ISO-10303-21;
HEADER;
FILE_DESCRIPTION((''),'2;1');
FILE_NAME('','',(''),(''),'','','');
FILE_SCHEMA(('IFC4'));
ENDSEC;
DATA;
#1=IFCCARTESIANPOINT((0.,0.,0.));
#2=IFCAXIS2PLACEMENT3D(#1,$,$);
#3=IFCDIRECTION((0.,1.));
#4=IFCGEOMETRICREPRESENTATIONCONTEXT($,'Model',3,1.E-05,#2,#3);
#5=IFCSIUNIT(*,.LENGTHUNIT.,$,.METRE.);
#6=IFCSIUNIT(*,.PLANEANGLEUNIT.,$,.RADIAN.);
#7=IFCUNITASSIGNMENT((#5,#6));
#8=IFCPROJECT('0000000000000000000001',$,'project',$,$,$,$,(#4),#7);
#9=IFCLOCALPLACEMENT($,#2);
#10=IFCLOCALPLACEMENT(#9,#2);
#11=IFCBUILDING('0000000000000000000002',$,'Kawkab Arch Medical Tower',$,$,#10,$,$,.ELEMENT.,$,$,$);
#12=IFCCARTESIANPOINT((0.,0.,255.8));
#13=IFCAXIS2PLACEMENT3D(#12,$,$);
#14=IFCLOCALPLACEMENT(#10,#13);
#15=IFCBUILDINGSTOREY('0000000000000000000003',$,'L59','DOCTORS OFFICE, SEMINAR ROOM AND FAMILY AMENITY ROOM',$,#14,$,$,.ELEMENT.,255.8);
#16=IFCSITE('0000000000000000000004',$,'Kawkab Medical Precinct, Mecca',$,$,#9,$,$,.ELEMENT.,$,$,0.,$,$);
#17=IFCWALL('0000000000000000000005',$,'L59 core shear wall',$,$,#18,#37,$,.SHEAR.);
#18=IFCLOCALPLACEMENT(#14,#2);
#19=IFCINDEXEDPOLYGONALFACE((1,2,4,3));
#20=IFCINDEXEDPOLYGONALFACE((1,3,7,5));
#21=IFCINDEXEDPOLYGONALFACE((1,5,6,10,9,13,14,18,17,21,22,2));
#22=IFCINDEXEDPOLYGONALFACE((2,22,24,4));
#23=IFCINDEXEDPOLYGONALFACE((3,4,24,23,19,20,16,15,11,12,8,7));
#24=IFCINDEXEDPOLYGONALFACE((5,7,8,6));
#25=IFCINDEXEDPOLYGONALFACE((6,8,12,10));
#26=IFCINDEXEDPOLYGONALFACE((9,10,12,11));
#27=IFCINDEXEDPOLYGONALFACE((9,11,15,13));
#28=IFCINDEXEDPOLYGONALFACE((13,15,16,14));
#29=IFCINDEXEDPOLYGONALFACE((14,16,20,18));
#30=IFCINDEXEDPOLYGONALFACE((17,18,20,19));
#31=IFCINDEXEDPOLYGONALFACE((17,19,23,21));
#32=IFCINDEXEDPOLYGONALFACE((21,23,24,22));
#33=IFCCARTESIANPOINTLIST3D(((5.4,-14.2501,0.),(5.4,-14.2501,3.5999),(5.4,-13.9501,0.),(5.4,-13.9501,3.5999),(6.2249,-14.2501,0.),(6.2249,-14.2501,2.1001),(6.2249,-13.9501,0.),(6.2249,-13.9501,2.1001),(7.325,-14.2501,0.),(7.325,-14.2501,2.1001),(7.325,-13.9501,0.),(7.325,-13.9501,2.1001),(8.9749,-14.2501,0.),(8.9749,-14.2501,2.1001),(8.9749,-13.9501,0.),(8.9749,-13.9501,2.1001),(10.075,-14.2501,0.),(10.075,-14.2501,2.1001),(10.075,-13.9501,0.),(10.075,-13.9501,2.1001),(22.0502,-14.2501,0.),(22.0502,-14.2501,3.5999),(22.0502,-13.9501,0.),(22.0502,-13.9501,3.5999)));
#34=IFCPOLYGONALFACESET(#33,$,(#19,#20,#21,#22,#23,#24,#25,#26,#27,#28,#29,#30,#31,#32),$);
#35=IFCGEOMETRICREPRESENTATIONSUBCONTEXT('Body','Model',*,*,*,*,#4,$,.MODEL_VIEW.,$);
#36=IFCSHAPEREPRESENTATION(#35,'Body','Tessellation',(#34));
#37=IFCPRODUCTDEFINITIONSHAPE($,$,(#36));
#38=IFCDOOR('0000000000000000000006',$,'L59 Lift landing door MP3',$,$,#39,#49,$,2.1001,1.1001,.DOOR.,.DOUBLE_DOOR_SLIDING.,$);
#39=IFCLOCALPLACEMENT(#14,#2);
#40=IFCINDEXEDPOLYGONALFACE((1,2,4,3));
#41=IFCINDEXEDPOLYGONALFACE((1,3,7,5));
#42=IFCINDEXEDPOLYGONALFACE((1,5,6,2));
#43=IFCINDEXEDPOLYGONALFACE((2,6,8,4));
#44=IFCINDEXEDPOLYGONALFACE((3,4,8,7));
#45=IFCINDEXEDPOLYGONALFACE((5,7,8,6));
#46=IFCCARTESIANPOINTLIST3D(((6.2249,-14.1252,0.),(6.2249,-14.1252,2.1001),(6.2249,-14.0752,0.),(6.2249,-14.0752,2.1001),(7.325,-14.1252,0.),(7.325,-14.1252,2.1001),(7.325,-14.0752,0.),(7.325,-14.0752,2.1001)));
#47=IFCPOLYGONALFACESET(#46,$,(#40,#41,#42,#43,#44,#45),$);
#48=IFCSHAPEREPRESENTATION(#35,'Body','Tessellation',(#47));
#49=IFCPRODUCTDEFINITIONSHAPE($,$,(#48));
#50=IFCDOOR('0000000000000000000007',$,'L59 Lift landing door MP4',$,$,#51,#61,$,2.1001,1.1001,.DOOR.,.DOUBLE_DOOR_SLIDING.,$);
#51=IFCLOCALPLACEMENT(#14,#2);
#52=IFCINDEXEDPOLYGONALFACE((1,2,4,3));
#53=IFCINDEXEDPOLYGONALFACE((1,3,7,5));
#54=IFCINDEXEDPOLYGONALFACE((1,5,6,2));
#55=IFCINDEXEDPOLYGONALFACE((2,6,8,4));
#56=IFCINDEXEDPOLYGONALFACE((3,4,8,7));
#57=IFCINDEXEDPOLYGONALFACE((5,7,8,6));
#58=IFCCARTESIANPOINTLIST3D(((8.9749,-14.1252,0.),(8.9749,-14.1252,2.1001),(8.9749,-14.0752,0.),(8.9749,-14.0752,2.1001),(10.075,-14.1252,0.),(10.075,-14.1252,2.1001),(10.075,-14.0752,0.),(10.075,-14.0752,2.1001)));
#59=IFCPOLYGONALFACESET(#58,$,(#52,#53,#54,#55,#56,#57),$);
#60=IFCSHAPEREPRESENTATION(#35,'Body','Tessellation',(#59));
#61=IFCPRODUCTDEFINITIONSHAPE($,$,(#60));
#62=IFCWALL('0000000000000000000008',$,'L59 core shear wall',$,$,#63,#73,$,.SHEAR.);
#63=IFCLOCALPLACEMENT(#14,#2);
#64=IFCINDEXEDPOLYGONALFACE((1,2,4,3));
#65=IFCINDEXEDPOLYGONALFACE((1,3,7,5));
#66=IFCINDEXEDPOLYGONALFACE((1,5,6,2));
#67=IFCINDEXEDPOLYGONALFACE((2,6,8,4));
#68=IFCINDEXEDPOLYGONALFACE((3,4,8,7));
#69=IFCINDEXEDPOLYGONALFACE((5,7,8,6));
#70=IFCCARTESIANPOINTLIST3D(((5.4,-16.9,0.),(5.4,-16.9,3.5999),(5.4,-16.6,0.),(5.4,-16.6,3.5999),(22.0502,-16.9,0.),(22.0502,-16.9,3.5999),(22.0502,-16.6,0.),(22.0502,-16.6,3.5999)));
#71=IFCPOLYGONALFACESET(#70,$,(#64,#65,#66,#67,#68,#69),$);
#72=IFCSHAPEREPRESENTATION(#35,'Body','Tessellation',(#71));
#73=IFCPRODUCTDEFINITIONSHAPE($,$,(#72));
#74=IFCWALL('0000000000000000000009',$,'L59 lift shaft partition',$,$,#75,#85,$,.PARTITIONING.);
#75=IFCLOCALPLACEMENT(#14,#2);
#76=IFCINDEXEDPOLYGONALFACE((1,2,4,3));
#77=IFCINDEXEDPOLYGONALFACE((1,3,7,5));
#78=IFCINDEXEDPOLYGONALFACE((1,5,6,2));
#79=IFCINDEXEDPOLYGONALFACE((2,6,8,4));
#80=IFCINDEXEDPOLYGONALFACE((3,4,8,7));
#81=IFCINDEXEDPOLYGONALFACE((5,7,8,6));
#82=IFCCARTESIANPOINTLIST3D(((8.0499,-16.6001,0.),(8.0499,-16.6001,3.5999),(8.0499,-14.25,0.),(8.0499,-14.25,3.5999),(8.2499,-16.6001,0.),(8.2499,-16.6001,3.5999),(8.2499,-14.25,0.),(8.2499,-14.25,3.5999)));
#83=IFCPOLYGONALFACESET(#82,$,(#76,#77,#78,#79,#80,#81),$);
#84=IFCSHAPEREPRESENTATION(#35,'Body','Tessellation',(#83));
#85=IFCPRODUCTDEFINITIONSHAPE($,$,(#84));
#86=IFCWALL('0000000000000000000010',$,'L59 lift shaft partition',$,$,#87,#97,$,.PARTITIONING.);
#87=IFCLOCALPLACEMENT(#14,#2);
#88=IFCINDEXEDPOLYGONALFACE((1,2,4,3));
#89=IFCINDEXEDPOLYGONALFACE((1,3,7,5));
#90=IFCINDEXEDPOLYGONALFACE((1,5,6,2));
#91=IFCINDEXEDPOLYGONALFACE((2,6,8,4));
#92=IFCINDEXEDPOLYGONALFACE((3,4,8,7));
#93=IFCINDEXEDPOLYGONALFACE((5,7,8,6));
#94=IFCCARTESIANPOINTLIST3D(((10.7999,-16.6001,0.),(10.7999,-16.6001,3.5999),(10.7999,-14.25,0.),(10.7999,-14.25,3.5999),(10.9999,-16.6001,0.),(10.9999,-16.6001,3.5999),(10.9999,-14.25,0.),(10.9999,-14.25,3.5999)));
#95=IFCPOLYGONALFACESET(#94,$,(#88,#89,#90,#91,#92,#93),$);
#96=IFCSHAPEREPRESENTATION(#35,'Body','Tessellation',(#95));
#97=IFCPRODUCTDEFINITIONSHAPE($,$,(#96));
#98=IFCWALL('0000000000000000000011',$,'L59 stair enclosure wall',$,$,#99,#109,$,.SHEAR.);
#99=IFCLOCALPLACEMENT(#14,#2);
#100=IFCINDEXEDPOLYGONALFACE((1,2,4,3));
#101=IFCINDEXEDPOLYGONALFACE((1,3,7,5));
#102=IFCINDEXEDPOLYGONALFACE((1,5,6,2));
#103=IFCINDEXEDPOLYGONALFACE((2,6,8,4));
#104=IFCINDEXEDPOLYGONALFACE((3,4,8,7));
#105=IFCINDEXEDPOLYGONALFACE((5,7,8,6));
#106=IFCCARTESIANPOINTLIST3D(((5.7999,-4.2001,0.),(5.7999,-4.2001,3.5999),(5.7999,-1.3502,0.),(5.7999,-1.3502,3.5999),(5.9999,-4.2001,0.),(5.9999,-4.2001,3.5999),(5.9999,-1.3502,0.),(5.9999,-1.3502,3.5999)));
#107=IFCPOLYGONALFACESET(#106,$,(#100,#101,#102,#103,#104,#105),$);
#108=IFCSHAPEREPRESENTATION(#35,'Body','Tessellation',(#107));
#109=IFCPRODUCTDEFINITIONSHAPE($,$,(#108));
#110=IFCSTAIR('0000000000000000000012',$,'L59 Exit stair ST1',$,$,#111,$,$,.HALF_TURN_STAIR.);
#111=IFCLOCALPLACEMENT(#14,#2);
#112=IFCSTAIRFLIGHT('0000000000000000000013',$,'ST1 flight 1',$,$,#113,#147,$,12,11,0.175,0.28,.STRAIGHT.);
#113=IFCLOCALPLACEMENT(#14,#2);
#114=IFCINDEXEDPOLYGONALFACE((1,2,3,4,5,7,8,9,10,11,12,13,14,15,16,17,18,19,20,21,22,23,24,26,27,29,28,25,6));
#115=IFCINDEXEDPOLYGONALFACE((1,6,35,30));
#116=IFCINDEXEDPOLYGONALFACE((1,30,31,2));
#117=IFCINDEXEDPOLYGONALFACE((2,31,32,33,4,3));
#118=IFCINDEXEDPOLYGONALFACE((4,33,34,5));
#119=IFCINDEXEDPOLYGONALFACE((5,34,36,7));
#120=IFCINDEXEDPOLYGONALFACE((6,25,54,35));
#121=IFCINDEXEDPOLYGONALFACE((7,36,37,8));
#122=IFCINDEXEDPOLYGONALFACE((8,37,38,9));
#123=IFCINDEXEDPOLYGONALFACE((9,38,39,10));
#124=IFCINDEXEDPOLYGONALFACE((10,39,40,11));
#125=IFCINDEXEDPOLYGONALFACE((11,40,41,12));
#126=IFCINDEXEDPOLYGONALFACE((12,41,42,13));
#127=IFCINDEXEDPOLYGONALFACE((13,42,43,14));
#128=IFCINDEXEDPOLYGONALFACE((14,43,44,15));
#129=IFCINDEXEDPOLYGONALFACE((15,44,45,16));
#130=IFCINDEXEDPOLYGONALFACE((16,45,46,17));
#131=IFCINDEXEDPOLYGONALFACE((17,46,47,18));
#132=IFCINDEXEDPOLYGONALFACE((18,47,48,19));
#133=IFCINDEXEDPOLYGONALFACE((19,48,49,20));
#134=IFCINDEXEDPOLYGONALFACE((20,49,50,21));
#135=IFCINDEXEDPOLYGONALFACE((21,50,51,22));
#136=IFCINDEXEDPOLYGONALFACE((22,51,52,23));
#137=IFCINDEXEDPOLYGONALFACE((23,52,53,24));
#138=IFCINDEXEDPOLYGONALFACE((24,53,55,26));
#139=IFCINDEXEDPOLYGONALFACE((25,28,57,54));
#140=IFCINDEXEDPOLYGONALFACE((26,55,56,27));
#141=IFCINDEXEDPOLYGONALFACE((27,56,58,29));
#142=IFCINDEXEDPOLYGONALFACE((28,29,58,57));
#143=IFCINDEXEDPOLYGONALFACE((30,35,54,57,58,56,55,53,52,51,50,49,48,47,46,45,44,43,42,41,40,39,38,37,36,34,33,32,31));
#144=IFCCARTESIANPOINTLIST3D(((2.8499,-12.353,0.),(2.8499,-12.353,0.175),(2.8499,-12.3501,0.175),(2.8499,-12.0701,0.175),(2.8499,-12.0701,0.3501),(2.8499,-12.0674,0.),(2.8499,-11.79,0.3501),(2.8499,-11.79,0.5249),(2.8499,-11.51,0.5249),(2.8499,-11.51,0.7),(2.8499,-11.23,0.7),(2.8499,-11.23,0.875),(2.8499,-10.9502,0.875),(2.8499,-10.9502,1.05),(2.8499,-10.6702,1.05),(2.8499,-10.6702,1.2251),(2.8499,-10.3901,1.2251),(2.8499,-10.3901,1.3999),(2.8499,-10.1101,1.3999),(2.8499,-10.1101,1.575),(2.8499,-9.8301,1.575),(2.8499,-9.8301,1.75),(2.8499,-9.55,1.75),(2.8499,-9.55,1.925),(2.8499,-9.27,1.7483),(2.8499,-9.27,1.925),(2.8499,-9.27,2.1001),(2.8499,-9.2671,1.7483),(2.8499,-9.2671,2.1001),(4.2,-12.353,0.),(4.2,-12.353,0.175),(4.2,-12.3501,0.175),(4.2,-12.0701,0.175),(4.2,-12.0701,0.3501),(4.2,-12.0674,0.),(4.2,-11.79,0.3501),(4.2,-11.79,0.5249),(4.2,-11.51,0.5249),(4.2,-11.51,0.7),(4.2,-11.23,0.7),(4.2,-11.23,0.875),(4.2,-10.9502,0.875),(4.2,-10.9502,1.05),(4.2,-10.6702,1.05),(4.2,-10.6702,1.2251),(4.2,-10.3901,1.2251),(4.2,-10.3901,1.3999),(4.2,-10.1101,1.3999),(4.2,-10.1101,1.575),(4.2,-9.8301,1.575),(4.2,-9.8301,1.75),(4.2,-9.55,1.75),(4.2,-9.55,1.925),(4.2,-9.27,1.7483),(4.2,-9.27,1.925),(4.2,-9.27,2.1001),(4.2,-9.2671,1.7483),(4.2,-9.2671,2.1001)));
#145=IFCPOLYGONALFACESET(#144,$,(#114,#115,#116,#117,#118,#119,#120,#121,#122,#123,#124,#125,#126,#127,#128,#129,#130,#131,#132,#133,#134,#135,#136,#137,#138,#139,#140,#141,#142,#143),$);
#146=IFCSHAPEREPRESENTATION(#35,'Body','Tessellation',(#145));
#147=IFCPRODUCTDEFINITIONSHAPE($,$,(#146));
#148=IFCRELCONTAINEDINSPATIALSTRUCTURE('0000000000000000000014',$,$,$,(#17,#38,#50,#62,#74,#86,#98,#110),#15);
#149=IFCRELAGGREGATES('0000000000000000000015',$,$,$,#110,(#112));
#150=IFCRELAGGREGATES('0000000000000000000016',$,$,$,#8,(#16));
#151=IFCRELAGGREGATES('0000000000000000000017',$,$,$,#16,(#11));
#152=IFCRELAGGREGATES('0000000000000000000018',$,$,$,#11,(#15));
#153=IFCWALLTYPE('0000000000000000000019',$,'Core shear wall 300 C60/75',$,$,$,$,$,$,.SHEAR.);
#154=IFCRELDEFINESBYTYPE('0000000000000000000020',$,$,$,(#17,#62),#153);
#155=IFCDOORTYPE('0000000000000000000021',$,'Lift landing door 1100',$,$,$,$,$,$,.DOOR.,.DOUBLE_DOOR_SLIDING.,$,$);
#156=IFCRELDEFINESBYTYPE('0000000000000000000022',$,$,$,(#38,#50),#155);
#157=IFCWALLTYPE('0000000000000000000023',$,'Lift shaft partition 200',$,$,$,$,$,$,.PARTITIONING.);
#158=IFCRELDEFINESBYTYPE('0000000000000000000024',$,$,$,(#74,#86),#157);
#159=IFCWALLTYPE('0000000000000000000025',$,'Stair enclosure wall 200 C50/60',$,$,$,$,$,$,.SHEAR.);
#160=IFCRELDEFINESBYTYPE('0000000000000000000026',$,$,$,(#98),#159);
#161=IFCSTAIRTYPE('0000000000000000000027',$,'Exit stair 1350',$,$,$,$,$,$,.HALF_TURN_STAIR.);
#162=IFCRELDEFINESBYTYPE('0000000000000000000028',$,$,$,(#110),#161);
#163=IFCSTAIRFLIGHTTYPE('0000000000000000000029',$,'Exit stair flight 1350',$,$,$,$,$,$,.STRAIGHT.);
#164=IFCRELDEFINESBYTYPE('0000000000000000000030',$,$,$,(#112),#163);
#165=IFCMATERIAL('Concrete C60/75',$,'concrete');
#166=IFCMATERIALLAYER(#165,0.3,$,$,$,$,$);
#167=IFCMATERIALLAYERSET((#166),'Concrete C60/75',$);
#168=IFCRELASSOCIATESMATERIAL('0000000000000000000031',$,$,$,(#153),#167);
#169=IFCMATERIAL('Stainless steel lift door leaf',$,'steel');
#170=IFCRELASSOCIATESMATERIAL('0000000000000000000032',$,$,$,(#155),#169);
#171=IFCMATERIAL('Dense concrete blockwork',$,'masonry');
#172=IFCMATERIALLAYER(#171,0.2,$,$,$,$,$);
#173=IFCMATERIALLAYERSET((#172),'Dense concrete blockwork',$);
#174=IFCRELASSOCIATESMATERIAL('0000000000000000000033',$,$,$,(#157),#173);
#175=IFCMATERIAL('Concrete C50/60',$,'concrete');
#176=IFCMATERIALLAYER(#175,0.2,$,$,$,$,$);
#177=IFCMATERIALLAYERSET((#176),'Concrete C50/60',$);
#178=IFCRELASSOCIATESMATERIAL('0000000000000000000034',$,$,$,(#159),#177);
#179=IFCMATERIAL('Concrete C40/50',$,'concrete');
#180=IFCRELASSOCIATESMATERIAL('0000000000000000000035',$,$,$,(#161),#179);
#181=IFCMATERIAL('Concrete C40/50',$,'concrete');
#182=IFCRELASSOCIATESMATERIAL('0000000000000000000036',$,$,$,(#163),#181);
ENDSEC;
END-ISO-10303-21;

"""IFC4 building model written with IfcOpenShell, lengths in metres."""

from ifc_helpers import new_model, si_unit, direction, frame, frame_2d, origin, place, context, subcontext, project, spatial, polyline, rectangle, outline, extrude, material, layer, layer_set, type_object, element, fill, aggregate, save


model = new_model("IFC4")

# Units and contexts
model_context = context("Model", 3, precision=1e-05, world=origin(), true_north=direction((0.0, 1.0)))
body_context = subcontext(model_context, "Body", "Model", "MODEL_VIEW")
ifc_project = project(units=[si_unit("LENGTHUNIT", "METRE"), si_unit("PLANEANGLEUNIT", "RADIAN")], contexts=[model_context])

# Site, building, storey
site_placement = place(None, origin())
site = spatial("IfcSite", under=ifc_project, at=site_placement, Name="Kawkab Medical Precinct, Mecca", CompositionType="ELEMENT", RefElevation=0.0)
building_placement = place(site_placement, origin())
building = spatial("IfcBuilding", under=site, at=building_placement, Name="Kawkab Arch Medical Tower", CompositionType="ELEMENT")
storey_placement = place(building_placement, frame((0.0, 0.0, 255.8)))
storey = spatial("IfcBuildingStorey", under=building, at=storey_placement, Name="L59", Description="DOCTORS OFFICE, SEMINAR ROOM AND FAMILY AMENITY ROOM", CompositionType="ELEMENT", Elevation=255.8)

# Shared definitions
ifc_material_1 = material(Name="Concrete C60/75", Category="concrete")
ifc_layer_1 = layer(ifc_material_1, 0.3)
ifc_layer_set_1 = layer_set([ifc_layer_1], Name="Concrete C60/75")
wall_type_1 = type_object("IfcWallType", Name="Core shear wall 300 C60/75", PredefinedType="SHEAR", material=ifc_layer_set_1)

# Wall, openings, doors
ifc_material_2 = material(Name="Stainless steel lift door leaf", Category="steel")
door_type_1 = type_object("IfcDoorType", Name="Lift landing door 1100", OperationType="DOUBLE_DOOR_SLIDING", PredefinedType="DOOR", material=ifc_material_2)
wall_1_placement = place(storey_placement, frame((5.3999, -14.1001, 0.0), z_axis=(0.0, 0.0, 1.0), x_axis=(1.0, 0.0, 0.0)))
wall_1 = element("IfcWall", 1, at=wall_1_placement, inside=storey, type_object=wall_type_1, Name="L59 core shear wall", PredefinedType="SHEAR", context=body_context, shape_type="SweptSolid", body=[
    extrude(rectangle(XDim=16.6501, YDim=0.3, at=frame_2d((8.3252, 0.0))), origin(), (0.0, 0.0, 1.0), 3.5999),
])
opening_1_placement = place(wall_1_placement, frame((0.825, 0.0, 0.0)))
opening_1 = element("IfcOpeningElement", 2, at=opening_1_placement, cuts=wall_1, PredefinedType="OPENING", context=body_context, shape_type="SweptSolid", body=[
    extrude(rectangle(XDim=1.1001, YDim=2.1001, at=frame_2d((0.55, 1.05))), frame((0.0, 0.1599, 0.0), z_axis=(0.0, -1.0, 0.0), x_axis=(1.0, 0.0, 0.0)), (0.0, 0.0, 1.0), 0.3201),
])
opening_2_placement = place(wall_1_placement, frame((3.575, 0.0, 0.0)))
opening_2 = element("IfcOpeningElement", 3, at=opening_2_placement, cuts=wall_1, PredefinedType="OPENING", context=body_context, shape_type="SweptSolid", body=[
    extrude(rectangle(XDim=1.1001, YDim=2.1001, at=frame_2d((0.55, 1.05))), frame((0.0, 0.1599, 0.0), z_axis=(0.0, -1.0, 0.0), x_axis=(1.0, 0.0, 0.0)), (0.0, 0.0, 1.0), 0.3201),
])
door_1_placement = place(opening_1_placement, origin())
door_1 = element("IfcDoor", 4, at=door_1_placement, inside=storey, type_object=door_type_1, Name="L59 Lift landing door MP3", OperationType="DOUBLE_DOOR_SLIDING", OverallHeight=2.1001, OverallWidth=1.1001, PredefinedType="DOOR", context=body_context, shape_type="SweptSolid", body=[
    extrude(rectangle(XDim=1.1001, YDim=2.1001, at=frame_2d((0.55, 1.05))), frame((0.0, 0.0249, 0.0), z_axis=(0.0, -1.0, 0.0), x_axis=(1.0, 0.0, 0.0)), (0.0, 0.0, 1.0), 0.05),
])
fill(opening_1, door_1)
door_2_placement = place(opening_2_placement, origin())
door_2 = element("IfcDoor", 5, at=door_2_placement, inside=storey, type_object=door_type_1, Name="L59 Lift landing door MP4", OperationType="DOUBLE_DOOR_SLIDING", OverallHeight=2.1001, OverallWidth=1.1001, PredefinedType="DOOR", context=body_context, shape_type="SweptSolid", body=[
    extrude(rectangle(XDim=1.1001, YDim=2.1001, at=frame_2d((0.55, 1.05))), frame((0.0, 0.0249, 0.0), z_axis=(0.0, -1.0, 0.0), x_axis=(1.0, 0.0, 0.0)), (0.0, 0.0, 1.0), 0.05),
])
fill(opening_2, door_2)

# Walls
wall_2_placement = place(storey_placement, frame((5.3999, -16.75, 0.0), z_axis=(0.0, 0.0, 1.0), x_axis=(1.0, 0.0, 0.0)))
element("IfcWall", 6, at=wall_2_placement, inside=storey, type_object=wall_type_1, Name="L59 core shear wall", PredefinedType="SHEAR", context=body_context, shape_type="SweptSolid", body=[
    extrude(rectangle(XDim=16.6501, YDim=0.3, at=frame_2d((8.3252, 0.0))), origin(), (0.0, 0.0, 1.0), 3.5999),
])
ifc_material_3 = material(Name="Dense concrete blockwork", Category="masonry")
ifc_layer_2 = layer(ifc_material_3, 0.2)
ifc_layer_set_2 = layer_set([ifc_layer_2], Name="Dense concrete blockwork")
wall_type_2 = type_object("IfcWallType", Name="Lift shaft partition 200", PredefinedType="PARTITIONING", material=ifc_layer_set_2)
for number, where, z_axis, x_axis, name in (
    (7, (8.1499, -16.6001, 0.0), (0.0, 0.0, 1.0), (0.0, 1.0, 0.0), "L59 lift shaft partition"),
    (8, (10.8999, -16.6001, 0.0), (0.0, 0.0, 1.0), (0.0, 1.0, 0.0), "L59 lift shaft partition"),
):
    element("IfcWall", number, at=place(storey_placement, frame(where, z_axis=z_axis, x_axis=x_axis)), inside=storey, type_object=wall_type_2, Name=name, PredefinedType="PARTITIONING", context=body_context, shape_type="SweptSolid", body=[
        extrude(rectangle(XDim=2.3501, YDim=0.2, at=frame_2d((1.175, 0.0))), origin(), (0.0, 0.0, 1.0), 3.5999),
    ])
ifc_material_4 = material(Name="Concrete C50/60", Category="concrete")
ifc_layer_3 = layer(ifc_material_4, 0.2)
ifc_layer_set_3 = layer_set([ifc_layer_3], Name="Concrete C50/60")
wall_type_3 = type_object("IfcWallType", Name="Stair enclosure wall 200 C50/60", PredefinedType="SHEAR", material=ifc_layer_set_3)
wall_3_placement = place(storey_placement, frame((5.8999, -4.2, 0.0), z_axis=(0.0, 0.0, 1.0), x_axis=(0.0, 1.0, 0.0)))
element("IfcWall", 9, at=wall_3_placement, inside=storey, type_object=wall_type_3, Name="L59 stair enclosure wall", PredefinedType="SHEAR", context=body_context, shape_type="SweptSolid", body=[
    extrude(rectangle(XDim=2.8499, YDim=0.2, at=frame_2d((1.4248, 0.0))), origin(), (0.0, 0.0, 1.0), 3.5999),
])

# Stair, stair flight
ifc_material_5 = material(Name="Concrete C40/50", Category="concrete")
stair_type = type_object("IfcStairType", Name="Exit stair 1350", PredefinedType="HALF_TURN_STAIR", material=ifc_material_5)
placement = place(storey_placement, origin())
stair_1 = element("IfcStair", 10, at=placement, inside=storey, type_object=stair_type, Name="L59 Exit stair ST1", PredefinedType="HALF_TURN_STAIR")
ifc_material_6 = material(Name="Concrete C40/50", Category="concrete")
stair_flight_type = type_object("IfcStairFlightType", Name="Exit stair flight 1350", PredefinedType="STRAIGHT", material=ifc_material_6)
stair_flight_1_placement = place(storey_placement, frame((3.5249, -12.3501, 0.0), z_axis=(0.0, 0.0, 1.0), x_axis=(0.0, 1.0, 0.0)))
stair_flight_1 = element("IfcStairFlight", 11, at=stair_flight_1_placement, type_object=stair_flight_type, Name="ST1 flight 1", NumberOfRisers=12, NumberOfTreads=11, PredefinedType="STRAIGHT", RiserHeight=0.175, TreadLength=0.28, context=body_context, shape_type="SweptSolid", body=[
    extrude(outline(polyline([(-0.0029, 0.0), (-0.0029, 0.175), (0.0, 0.175), (0.28, 0.175), (0.28, 0.3501), (0.5601, 0.3501), (0.5601, 0.5249), (0.8401, 0.5249), (0.8401, 0.7), (1.1201, 0.7), (1.1201, 0.875), (1.3999, 0.875), (1.3999, 1.05), (1.6799, 1.05), (1.6799, 1.2251), (1.96, 1.2251), (1.96, 1.3999), (2.24, 1.3999), (2.24, 1.575), (2.52, 1.575), (2.52, 1.75), (2.8, 1.75), (2.8, 1.925), (3.0801, 1.925), (3.0801, 2.1001), (3.083, 2.1001), (3.083, 1.7483), (3.0801, 1.7483), (0.2827, 0.0), (-0.0029, 0.0)])), frame((0.0, 0.675, 0.0), z_axis=(0.0, -1.0, 0.0), x_axis=(1.0, 0.0, 0.0)), (0.0, 0.0, 1.0), 1.3501),
])
aggregate(stair_1, [stair_flight_1])

save(model, "model.ifc")
